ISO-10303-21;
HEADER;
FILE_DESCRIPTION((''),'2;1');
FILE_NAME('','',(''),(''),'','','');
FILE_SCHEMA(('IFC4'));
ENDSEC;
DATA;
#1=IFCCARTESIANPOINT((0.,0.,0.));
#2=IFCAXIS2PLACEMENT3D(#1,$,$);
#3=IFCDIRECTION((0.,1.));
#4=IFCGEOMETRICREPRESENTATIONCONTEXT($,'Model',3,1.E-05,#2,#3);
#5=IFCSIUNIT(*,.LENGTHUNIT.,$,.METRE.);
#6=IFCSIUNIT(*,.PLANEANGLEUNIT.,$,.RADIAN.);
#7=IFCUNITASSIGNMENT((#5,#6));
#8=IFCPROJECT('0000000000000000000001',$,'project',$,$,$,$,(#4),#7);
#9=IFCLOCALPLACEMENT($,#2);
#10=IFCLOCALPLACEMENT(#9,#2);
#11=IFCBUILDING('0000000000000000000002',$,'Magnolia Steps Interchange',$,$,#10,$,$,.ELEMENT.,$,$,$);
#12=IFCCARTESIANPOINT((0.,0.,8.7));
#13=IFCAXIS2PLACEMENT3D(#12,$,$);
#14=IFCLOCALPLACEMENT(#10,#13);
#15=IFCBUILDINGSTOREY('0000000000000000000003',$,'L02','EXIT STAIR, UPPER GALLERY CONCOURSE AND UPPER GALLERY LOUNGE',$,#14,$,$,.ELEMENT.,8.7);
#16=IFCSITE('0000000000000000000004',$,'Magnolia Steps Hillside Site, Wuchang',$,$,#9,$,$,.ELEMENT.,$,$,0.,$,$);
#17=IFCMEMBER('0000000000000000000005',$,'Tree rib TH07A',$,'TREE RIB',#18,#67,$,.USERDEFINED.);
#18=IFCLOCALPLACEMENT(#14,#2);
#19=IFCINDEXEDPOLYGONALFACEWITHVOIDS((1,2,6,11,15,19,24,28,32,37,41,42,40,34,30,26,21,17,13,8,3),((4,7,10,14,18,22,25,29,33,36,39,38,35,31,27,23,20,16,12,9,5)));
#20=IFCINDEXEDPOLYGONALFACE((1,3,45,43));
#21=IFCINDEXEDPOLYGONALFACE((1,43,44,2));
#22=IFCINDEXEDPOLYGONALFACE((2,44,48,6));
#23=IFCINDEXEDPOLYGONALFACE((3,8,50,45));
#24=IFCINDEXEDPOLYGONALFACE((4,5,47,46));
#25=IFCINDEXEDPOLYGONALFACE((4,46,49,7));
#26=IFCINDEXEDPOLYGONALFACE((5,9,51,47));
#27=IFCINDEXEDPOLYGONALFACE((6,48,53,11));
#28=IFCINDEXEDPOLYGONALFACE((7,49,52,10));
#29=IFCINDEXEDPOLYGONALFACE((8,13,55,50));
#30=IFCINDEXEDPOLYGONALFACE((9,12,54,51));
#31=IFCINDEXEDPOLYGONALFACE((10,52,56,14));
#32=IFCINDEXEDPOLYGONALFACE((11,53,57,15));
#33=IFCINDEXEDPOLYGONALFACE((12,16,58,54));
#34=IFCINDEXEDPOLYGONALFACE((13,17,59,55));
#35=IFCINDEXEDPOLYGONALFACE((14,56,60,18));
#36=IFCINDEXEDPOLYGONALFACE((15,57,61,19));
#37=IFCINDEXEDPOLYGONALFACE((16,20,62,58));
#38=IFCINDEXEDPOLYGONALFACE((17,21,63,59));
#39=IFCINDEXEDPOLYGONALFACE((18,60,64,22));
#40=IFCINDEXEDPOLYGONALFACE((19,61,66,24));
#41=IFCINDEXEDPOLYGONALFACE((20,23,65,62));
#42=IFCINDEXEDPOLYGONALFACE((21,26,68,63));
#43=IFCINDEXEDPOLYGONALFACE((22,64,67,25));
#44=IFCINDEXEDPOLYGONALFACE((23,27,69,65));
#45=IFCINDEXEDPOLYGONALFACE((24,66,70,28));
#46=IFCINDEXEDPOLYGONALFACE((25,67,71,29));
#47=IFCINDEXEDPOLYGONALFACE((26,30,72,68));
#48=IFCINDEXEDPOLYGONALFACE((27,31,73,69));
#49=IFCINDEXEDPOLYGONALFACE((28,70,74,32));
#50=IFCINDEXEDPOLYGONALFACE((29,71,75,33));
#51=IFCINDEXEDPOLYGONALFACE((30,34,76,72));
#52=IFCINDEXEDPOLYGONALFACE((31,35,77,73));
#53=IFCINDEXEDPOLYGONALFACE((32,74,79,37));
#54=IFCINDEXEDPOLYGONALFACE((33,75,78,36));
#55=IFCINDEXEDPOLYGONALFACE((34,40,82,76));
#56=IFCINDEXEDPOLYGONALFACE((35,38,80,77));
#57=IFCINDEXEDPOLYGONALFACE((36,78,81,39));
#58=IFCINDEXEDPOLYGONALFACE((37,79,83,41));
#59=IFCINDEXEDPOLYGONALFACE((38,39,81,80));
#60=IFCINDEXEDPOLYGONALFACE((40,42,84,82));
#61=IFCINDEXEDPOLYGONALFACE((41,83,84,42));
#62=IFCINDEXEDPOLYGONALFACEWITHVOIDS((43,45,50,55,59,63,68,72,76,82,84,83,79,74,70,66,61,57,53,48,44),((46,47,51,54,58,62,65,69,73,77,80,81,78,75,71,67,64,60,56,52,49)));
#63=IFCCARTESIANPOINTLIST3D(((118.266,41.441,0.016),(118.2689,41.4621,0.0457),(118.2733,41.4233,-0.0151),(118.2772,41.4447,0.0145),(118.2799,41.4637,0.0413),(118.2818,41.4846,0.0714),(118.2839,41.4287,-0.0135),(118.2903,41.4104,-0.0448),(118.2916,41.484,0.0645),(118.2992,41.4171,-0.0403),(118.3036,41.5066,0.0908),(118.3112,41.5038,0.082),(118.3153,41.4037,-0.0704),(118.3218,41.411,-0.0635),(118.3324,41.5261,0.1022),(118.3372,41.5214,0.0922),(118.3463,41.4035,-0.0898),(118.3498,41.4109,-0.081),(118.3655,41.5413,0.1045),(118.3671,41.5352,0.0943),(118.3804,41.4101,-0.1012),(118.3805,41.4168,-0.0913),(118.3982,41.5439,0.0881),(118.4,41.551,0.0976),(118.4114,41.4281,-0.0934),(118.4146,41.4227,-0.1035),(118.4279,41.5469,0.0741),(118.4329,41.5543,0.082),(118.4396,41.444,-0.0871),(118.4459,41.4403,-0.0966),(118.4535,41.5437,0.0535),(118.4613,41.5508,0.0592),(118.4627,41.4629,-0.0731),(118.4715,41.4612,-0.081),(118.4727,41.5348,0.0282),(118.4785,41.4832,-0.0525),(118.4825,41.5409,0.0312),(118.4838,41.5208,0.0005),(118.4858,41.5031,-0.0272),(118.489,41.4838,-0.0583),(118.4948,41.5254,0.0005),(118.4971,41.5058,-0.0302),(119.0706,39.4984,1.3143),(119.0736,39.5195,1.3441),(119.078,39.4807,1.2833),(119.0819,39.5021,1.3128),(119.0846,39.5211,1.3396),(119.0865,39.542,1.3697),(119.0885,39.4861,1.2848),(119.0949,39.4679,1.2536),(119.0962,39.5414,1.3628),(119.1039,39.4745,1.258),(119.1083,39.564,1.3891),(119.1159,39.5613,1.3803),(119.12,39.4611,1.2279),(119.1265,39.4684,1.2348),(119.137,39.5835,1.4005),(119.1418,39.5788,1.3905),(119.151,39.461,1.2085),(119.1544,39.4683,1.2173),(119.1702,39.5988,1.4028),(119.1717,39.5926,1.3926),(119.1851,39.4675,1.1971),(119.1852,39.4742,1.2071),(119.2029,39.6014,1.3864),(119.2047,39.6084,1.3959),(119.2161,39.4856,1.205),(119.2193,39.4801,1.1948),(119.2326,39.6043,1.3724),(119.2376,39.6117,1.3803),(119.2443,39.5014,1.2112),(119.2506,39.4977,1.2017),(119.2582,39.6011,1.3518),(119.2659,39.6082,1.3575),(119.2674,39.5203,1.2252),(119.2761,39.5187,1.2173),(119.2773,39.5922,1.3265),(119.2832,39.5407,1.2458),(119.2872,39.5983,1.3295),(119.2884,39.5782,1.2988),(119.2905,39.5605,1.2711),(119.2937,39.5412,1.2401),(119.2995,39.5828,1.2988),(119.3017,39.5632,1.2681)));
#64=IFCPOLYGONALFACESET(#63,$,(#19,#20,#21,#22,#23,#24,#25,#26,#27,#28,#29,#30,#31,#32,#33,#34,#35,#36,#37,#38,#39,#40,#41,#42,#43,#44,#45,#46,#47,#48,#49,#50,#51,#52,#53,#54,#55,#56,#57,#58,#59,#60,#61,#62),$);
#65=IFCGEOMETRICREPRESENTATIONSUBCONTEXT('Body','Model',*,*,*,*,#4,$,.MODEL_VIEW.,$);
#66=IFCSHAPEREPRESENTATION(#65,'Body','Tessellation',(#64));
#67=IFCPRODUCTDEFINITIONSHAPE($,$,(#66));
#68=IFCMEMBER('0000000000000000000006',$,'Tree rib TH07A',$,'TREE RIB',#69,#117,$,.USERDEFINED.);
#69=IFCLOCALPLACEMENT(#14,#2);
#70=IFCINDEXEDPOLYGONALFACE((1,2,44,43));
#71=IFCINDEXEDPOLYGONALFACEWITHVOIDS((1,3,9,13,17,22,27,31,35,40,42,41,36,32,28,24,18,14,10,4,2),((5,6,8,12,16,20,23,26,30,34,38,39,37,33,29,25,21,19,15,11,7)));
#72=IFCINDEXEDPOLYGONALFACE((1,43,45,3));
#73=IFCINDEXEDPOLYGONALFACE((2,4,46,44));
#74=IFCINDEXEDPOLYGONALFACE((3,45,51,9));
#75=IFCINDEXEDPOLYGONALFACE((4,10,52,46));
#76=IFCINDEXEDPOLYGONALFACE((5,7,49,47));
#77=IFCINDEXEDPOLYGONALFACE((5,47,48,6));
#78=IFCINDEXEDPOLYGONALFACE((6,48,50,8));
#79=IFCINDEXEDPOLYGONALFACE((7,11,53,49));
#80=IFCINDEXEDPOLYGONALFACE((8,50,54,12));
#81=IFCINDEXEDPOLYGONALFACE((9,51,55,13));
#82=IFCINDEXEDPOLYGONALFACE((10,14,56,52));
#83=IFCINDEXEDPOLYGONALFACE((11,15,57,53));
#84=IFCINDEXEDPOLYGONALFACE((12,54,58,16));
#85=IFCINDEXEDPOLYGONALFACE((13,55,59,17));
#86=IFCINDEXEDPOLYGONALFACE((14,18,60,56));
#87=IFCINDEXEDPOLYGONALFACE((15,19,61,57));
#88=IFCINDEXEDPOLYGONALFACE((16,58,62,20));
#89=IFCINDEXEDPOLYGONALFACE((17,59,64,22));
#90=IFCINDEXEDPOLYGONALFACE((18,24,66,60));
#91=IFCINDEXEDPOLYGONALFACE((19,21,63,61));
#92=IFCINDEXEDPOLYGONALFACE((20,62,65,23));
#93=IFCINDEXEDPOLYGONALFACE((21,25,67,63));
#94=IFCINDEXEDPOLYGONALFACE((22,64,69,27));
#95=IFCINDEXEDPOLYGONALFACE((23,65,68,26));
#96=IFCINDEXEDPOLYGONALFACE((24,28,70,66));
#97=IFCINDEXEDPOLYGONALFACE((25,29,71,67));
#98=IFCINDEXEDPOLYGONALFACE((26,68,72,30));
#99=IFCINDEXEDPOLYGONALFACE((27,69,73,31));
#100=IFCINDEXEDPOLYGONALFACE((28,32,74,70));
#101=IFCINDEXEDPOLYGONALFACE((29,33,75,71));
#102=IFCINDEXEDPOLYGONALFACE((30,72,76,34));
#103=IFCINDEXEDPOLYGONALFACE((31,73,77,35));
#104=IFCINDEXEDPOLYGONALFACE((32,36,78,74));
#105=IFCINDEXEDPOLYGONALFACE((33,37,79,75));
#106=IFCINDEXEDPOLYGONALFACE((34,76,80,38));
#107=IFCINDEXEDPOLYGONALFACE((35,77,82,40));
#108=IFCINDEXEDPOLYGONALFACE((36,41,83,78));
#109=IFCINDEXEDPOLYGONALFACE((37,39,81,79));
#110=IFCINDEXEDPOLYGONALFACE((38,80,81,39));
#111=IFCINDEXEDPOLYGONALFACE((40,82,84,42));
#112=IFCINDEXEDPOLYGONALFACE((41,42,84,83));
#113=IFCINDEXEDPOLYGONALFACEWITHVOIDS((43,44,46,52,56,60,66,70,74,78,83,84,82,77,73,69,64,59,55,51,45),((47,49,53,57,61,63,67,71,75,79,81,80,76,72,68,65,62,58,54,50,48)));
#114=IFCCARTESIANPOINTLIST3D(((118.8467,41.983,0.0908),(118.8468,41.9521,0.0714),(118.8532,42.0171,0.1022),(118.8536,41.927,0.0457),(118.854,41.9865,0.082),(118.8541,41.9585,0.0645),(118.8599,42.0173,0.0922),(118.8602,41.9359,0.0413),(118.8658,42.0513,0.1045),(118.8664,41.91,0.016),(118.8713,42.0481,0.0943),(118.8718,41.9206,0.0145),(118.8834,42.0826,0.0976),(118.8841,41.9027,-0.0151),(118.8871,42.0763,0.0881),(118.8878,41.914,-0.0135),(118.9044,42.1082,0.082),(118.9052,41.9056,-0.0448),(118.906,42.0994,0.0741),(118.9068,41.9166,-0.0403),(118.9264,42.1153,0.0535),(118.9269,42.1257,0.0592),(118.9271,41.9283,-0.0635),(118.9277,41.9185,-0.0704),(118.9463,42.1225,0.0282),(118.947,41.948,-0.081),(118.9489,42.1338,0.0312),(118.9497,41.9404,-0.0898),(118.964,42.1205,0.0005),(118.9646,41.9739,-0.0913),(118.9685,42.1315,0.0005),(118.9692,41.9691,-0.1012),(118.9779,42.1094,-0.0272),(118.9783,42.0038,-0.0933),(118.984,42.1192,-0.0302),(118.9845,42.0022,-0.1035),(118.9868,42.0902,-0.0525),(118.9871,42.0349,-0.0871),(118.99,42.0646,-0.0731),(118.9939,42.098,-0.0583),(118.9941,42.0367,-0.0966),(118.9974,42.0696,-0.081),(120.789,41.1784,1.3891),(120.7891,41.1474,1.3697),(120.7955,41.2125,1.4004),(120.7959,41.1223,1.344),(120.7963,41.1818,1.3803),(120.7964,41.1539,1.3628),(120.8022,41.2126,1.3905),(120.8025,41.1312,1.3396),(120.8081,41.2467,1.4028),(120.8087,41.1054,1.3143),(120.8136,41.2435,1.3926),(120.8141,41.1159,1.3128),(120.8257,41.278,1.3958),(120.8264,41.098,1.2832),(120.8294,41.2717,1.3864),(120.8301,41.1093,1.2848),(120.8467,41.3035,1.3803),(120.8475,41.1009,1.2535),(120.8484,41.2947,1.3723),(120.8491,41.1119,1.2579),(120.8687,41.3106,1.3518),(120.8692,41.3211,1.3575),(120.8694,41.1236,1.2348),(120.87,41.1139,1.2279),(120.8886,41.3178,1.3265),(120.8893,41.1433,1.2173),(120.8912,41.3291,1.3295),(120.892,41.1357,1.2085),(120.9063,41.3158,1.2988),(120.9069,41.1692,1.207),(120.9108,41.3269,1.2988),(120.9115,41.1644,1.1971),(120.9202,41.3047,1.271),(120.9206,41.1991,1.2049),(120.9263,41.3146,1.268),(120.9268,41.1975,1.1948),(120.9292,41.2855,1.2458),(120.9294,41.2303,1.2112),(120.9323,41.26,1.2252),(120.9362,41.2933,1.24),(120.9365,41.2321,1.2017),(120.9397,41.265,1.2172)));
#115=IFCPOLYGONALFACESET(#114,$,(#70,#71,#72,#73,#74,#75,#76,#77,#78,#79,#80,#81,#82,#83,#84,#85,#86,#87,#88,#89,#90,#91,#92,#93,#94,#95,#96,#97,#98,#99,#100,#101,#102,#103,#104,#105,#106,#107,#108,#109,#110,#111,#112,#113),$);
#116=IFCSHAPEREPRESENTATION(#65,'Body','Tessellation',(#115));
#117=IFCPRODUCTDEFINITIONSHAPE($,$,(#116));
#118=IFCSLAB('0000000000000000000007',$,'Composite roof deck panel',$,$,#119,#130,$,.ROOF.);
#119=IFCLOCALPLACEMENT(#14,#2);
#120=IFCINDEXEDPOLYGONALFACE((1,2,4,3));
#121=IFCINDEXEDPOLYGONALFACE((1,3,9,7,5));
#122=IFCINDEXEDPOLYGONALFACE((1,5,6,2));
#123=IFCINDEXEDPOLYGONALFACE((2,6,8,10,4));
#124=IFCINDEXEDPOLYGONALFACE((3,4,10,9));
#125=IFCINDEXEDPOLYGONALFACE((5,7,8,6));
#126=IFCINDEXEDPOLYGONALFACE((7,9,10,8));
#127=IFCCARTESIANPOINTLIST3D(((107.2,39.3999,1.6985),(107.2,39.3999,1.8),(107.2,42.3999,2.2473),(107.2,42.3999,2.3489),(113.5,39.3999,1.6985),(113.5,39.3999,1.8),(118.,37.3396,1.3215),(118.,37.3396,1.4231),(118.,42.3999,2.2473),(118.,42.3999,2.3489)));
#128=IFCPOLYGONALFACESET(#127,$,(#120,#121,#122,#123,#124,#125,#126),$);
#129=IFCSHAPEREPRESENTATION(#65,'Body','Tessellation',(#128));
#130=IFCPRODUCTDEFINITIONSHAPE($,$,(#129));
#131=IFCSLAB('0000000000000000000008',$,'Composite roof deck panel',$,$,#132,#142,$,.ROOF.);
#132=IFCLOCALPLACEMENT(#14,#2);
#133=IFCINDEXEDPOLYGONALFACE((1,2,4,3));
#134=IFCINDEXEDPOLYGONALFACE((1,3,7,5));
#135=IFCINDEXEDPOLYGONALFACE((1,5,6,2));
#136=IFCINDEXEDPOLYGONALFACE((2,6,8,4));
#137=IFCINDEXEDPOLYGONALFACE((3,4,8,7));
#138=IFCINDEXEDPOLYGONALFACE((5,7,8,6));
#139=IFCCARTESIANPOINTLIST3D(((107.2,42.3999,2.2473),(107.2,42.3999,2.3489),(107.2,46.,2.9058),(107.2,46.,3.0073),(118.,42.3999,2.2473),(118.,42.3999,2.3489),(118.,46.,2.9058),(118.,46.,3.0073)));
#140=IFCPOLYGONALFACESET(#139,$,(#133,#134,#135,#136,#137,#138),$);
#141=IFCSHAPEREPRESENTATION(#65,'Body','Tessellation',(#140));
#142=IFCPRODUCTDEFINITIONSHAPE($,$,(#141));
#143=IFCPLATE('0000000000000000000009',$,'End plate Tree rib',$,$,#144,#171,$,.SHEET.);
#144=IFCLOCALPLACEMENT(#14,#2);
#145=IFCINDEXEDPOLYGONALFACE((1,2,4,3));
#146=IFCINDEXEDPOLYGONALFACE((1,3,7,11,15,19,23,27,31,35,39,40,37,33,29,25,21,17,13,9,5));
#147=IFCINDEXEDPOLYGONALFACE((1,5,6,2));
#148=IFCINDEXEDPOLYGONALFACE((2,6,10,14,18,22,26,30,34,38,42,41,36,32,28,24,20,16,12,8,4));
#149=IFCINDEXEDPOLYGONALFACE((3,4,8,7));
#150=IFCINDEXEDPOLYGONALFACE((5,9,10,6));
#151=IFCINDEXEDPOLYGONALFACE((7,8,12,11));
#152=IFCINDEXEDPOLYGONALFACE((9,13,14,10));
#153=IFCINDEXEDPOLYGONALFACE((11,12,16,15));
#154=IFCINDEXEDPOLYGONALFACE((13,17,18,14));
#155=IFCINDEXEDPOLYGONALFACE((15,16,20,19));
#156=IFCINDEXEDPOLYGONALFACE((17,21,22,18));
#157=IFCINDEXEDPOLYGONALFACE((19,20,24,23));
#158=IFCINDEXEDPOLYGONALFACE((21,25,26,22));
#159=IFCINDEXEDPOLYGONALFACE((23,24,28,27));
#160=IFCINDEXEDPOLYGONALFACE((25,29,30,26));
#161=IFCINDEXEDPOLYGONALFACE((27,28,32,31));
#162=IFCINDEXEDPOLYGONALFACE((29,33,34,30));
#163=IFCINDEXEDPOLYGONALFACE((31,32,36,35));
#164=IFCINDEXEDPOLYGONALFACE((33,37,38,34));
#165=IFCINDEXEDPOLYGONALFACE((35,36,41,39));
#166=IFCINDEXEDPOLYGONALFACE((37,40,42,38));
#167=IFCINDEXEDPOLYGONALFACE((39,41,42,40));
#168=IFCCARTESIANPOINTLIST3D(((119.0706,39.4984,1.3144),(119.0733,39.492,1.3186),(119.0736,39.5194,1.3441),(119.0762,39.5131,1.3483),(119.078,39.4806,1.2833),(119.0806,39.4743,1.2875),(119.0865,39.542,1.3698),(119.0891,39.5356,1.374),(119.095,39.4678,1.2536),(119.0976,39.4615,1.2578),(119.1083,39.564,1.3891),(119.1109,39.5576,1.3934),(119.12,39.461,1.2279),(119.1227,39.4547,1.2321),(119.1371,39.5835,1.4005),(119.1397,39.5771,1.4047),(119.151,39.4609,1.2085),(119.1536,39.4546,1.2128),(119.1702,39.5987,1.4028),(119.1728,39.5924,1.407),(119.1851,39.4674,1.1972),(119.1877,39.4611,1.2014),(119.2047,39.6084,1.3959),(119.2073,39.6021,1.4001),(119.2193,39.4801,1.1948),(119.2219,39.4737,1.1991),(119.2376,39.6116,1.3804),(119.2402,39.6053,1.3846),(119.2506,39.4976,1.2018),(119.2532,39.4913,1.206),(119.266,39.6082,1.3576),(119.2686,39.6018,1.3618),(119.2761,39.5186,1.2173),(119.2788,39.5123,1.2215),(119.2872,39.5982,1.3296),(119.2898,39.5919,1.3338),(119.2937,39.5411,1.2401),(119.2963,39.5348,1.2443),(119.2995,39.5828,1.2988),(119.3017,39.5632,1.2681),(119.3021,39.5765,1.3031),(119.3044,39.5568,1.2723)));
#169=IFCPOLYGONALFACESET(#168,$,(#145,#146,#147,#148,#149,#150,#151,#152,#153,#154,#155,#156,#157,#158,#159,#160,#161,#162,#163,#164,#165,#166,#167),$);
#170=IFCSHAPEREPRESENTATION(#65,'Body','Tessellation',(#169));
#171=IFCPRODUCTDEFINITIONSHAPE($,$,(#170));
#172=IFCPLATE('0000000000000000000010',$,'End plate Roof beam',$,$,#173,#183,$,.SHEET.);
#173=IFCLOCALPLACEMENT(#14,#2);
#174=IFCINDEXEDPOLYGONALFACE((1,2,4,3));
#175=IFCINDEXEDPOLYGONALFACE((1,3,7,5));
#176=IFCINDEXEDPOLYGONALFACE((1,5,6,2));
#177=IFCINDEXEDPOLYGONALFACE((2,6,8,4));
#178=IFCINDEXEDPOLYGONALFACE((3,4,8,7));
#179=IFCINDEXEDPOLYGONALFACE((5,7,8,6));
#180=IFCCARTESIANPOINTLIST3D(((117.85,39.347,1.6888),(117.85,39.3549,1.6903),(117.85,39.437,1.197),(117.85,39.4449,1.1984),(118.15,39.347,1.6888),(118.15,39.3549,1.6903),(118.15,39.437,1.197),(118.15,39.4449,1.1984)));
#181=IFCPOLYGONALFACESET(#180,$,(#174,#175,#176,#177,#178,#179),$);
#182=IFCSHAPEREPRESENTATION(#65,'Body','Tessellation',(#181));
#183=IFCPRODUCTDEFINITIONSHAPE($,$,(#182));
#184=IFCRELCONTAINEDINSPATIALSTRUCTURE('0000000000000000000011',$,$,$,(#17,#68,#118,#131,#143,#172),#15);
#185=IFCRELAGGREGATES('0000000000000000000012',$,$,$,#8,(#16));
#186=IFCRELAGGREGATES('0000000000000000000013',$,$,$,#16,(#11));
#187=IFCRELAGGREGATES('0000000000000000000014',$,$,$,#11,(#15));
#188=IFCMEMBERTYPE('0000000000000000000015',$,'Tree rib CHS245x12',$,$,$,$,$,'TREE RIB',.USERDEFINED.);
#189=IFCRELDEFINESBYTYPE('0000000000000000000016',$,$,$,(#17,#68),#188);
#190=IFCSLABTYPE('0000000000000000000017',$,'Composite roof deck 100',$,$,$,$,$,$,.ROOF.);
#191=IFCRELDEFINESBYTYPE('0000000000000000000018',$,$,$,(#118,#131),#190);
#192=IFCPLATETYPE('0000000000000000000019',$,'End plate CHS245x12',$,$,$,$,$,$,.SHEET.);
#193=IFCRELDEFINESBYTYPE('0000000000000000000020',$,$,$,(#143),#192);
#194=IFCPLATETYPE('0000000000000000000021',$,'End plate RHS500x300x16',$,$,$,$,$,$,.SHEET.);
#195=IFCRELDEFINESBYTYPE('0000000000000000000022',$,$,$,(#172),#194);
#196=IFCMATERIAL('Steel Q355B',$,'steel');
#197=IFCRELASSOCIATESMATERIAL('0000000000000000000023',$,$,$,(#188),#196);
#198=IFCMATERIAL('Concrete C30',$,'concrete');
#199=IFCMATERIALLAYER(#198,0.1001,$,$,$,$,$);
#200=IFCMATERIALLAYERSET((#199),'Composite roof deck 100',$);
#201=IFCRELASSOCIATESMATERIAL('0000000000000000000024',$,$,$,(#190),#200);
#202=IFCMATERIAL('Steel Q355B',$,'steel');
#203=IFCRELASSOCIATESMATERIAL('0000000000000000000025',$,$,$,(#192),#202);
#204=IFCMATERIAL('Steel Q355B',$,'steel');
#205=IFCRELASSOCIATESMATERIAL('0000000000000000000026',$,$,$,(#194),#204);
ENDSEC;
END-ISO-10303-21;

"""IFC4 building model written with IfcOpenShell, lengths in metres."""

from ifc_helpers import new_model, si_unit, direction, frame, origin, origin_2d, place, context, subcontext, project, spatial, polyline, rectangle, circle, hollow_circle, outline, extrude, material, layer, layer_set, material_profile, profile_set, type_object, element, save


model = new_model("IFC4")

# Units and contexts
model_context = context("Model", 3, precision=1e-05, world=origin(), true_north=direction((0.0, 1.0)))
body_context = subcontext(model_context, "Body", "Model", "MODEL_VIEW")
ifc_project = project(units=[si_unit("LENGTHUNIT", "METRE"), si_unit("PLANEANGLEUNIT", "RADIAN")], contexts=[model_context])

# Site, building, storey
site_placement = place(None, origin())
site = spatial("IfcSite", under=ifc_project, at=site_placement, Name="Magnolia Steps Hillside Site, Wuchang", CompositionType="ELEMENT", RefElevation=0.0)
building_placement = place(site_placement, origin())
building = spatial("IfcBuilding", under=site, at=building_placement, Name="Magnolia Steps Interchange", CompositionType="ELEMENT")
storey_placement = place(building_placement, frame((0.0, 0.0, 8.7)))
storey = spatial("IfcBuildingStorey", under=building, at=storey_placement, Name="L02", Description="EXIT STAIR, UPPER GALLERY CONCOURSE AND UPPER GALLERY LOUNGE", CompositionType="ELEMENT", Elevation=8.7)

# Members
ifc_material_1 = material(Name="Steel Q355B", Category="steel")
ifc_material_profile_1 = material_profile(ifc_material_1, hollow_circle(Radius=0.1226, WallThickness=0.012, at=origin_2d()), Name="CHS245x12")
ifc_profile_set_1 = profile_set([ifc_material_profile_1], Name="Steel Q355B")
member_type_1 = type_object("IfcMemberType", Name="Tree rib CHS245x12", ElementType="TREE RIB", PredefinedType="USERDEFINED", material=ifc_profile_set_1)
for number, where, z_axis, x_axis, name in (
    (1, (118.3816, 41.4785, 0.0005), (0.325621, -0.786095, 0.525381), (0.923875, 0.382694, 0.0), "Tree rib TH07A"),
):
    element("IfcMember", number, at=place(storey_placement, frame(where, z_axis=z_axis, x_axis=x_axis)), inside=storey, type_object=member_type_1, Name=name, ObjectType="TREE RIB", PredefinedType="USERDEFINED", context=body_context, shape_type="SweptSolid", body=[
        extrude(hollow_circle(Radius=0.1226, WallThickness=0.012, at=origin_2d()), origin(), (0.0, 0.0, 1.0), 2.4712),
    ])
member_1_placement = place(storey_placement, frame((118.9216, 42.0183, 0.0005), z_axis=(0.786058, -0.325647, 0.525422), x_axis=(0.382735, 0.923858, 0.0)))
element("IfcMember", 2, at=member_1_placement, inside=storey, type_object=member_type_1, Name="Tree rib TH07A", ObjectType="TREE RIB", PredefinedType="USERDEFINED", context=body_context, shape_type="SweptSolid", body=[
    extrude(hollow_circle(Radius=0.1226, WallThickness=0.012, at=origin_2d()), origin(), (0.0, 0.0, 1.0), 2.4709),
])

# Slabs
ifc_material_2 = material(Name="Concrete C30", Category="concrete")
ifc_layer_1 = layer(ifc_material_2, 0.1001)
ifc_layer_set_1 = layer_set([ifc_layer_1], Name="Composite roof deck 100")
slab_type = type_object("IfcSlabType", Name="Composite roof deck 100", PredefinedType="ROOF", material=ifc_layer_set_1)
slab_1_placement = place(storey_placement, frame((118.0, 37.3396, 1.4231), z_axis=(0.000001, -0.179958, 0.983674), x_axis=(0.0, 0.983674, 0.179958)))
element("IfcSlab", 3, at=slab_1_placement, inside=storey, type_object=slab_type, Name="Composite roof deck panel", PredefinedType="ROOF", context=body_context, shape_type="SweptSolid", body=[
    extrude(outline(polyline([(0.0, 0.0), (5.1443, 0.0), (5.1443, 10.8), (2.0945, 10.8), (2.0945, 4.5), (0.0, 0.0)])), origin(), (-0.179958, -0.000001, -0.983674), 0.1016),
])
slab_2_placement = place(storey_placement, frame((118.0, 42.3999, 2.3489), z_axis=(0.0, -0.179913, 0.983683), x_axis=(0.0, 0.983683, 0.179913)))
element("IfcSlab", 4, at=slab_2_placement, inside=storey, type_object=slab_type, Name="Composite roof deck panel", PredefinedType="ROOF", context=body_context, shape_type="SweptSolid", body=[
    extrude(outline(polyline([(0.0, 0.0), (3.6598, 0.0), (3.6598, 10.8), (0.0, 10.8), (0.0, 0.0)])), origin(), (-0.179913, 0.0, -0.983683), 0.1016),
])

# Plates
ifc_material_3 = material(Name="Steel Q355B", Category="steel")
ifc_material_profile_2 = material_profile(ifc_material_3, circle(Radius=0.1226, at=origin_2d()), Name="End plate CHS245x12")
ifc_profile_set_2 = profile_set([ifc_material_profile_2], Name="Steel Q355B")
plate_type_1 = type_object("IfcPlateType", Name="End plate CHS245x12", PredefinedType="SHEET", material=ifc_profile_set_2)
plate_1_placement = place(storey_placement, frame((119.1863, 39.5359, 1.2988), z_axis=(0.325598, -0.786063, 0.525444), x_axis=(0.92388, 0.382683, 0.0)))
element("IfcPlate", 5, at=plate_1_placement, inside=storey, type_object=plate_type_1, Name="End plate Tree rib", PredefinedType="SHEET", context=body_context, shape_type="SweptSolid", body=[
    extrude(circle(Radius=0.1226, at=origin_2d()), origin(), (0.0, 0.0, 1.0), 0.0081),
])
ifc_material_4 = material(Name="Steel Q355B", Category="steel")
ifc_material_profile_3 = material_profile(ifc_material_4, rectangle(XDim=0.3, YDim=0.5, at=origin_2d()), Name="End plate RHS500x300x16")
ifc_profile_set_3 = profile_set([ifc_material_profile_3], Name="Steel Q355B")
plate_type_2 = type_object("IfcPlateType", Name="End plate RHS500x300x16", PredefinedType="SHEET", material=ifc_profile_set_3)
plate_2_placement = place(storey_placement, frame((118.0, 39.3999, 1.4443), z_axis=(0.0, -0.98368, -0.179927), x_axis=(1.0, 0.0, 0.0)))
element("IfcPlate", 6, at=plate_2_placement, inside=storey, type_object=plate_type_2, Name="End plate Roof beam", PredefinedType="SHEET", context=body_context, shape_type="SweptSolid", body=[
    extrude(rectangle(XDim=0.3, YDim=0.5, at=origin_2d()), origin(), (0.0, 0.0, 1.0), 0.0081),
])

save(model, "model.ifc")
